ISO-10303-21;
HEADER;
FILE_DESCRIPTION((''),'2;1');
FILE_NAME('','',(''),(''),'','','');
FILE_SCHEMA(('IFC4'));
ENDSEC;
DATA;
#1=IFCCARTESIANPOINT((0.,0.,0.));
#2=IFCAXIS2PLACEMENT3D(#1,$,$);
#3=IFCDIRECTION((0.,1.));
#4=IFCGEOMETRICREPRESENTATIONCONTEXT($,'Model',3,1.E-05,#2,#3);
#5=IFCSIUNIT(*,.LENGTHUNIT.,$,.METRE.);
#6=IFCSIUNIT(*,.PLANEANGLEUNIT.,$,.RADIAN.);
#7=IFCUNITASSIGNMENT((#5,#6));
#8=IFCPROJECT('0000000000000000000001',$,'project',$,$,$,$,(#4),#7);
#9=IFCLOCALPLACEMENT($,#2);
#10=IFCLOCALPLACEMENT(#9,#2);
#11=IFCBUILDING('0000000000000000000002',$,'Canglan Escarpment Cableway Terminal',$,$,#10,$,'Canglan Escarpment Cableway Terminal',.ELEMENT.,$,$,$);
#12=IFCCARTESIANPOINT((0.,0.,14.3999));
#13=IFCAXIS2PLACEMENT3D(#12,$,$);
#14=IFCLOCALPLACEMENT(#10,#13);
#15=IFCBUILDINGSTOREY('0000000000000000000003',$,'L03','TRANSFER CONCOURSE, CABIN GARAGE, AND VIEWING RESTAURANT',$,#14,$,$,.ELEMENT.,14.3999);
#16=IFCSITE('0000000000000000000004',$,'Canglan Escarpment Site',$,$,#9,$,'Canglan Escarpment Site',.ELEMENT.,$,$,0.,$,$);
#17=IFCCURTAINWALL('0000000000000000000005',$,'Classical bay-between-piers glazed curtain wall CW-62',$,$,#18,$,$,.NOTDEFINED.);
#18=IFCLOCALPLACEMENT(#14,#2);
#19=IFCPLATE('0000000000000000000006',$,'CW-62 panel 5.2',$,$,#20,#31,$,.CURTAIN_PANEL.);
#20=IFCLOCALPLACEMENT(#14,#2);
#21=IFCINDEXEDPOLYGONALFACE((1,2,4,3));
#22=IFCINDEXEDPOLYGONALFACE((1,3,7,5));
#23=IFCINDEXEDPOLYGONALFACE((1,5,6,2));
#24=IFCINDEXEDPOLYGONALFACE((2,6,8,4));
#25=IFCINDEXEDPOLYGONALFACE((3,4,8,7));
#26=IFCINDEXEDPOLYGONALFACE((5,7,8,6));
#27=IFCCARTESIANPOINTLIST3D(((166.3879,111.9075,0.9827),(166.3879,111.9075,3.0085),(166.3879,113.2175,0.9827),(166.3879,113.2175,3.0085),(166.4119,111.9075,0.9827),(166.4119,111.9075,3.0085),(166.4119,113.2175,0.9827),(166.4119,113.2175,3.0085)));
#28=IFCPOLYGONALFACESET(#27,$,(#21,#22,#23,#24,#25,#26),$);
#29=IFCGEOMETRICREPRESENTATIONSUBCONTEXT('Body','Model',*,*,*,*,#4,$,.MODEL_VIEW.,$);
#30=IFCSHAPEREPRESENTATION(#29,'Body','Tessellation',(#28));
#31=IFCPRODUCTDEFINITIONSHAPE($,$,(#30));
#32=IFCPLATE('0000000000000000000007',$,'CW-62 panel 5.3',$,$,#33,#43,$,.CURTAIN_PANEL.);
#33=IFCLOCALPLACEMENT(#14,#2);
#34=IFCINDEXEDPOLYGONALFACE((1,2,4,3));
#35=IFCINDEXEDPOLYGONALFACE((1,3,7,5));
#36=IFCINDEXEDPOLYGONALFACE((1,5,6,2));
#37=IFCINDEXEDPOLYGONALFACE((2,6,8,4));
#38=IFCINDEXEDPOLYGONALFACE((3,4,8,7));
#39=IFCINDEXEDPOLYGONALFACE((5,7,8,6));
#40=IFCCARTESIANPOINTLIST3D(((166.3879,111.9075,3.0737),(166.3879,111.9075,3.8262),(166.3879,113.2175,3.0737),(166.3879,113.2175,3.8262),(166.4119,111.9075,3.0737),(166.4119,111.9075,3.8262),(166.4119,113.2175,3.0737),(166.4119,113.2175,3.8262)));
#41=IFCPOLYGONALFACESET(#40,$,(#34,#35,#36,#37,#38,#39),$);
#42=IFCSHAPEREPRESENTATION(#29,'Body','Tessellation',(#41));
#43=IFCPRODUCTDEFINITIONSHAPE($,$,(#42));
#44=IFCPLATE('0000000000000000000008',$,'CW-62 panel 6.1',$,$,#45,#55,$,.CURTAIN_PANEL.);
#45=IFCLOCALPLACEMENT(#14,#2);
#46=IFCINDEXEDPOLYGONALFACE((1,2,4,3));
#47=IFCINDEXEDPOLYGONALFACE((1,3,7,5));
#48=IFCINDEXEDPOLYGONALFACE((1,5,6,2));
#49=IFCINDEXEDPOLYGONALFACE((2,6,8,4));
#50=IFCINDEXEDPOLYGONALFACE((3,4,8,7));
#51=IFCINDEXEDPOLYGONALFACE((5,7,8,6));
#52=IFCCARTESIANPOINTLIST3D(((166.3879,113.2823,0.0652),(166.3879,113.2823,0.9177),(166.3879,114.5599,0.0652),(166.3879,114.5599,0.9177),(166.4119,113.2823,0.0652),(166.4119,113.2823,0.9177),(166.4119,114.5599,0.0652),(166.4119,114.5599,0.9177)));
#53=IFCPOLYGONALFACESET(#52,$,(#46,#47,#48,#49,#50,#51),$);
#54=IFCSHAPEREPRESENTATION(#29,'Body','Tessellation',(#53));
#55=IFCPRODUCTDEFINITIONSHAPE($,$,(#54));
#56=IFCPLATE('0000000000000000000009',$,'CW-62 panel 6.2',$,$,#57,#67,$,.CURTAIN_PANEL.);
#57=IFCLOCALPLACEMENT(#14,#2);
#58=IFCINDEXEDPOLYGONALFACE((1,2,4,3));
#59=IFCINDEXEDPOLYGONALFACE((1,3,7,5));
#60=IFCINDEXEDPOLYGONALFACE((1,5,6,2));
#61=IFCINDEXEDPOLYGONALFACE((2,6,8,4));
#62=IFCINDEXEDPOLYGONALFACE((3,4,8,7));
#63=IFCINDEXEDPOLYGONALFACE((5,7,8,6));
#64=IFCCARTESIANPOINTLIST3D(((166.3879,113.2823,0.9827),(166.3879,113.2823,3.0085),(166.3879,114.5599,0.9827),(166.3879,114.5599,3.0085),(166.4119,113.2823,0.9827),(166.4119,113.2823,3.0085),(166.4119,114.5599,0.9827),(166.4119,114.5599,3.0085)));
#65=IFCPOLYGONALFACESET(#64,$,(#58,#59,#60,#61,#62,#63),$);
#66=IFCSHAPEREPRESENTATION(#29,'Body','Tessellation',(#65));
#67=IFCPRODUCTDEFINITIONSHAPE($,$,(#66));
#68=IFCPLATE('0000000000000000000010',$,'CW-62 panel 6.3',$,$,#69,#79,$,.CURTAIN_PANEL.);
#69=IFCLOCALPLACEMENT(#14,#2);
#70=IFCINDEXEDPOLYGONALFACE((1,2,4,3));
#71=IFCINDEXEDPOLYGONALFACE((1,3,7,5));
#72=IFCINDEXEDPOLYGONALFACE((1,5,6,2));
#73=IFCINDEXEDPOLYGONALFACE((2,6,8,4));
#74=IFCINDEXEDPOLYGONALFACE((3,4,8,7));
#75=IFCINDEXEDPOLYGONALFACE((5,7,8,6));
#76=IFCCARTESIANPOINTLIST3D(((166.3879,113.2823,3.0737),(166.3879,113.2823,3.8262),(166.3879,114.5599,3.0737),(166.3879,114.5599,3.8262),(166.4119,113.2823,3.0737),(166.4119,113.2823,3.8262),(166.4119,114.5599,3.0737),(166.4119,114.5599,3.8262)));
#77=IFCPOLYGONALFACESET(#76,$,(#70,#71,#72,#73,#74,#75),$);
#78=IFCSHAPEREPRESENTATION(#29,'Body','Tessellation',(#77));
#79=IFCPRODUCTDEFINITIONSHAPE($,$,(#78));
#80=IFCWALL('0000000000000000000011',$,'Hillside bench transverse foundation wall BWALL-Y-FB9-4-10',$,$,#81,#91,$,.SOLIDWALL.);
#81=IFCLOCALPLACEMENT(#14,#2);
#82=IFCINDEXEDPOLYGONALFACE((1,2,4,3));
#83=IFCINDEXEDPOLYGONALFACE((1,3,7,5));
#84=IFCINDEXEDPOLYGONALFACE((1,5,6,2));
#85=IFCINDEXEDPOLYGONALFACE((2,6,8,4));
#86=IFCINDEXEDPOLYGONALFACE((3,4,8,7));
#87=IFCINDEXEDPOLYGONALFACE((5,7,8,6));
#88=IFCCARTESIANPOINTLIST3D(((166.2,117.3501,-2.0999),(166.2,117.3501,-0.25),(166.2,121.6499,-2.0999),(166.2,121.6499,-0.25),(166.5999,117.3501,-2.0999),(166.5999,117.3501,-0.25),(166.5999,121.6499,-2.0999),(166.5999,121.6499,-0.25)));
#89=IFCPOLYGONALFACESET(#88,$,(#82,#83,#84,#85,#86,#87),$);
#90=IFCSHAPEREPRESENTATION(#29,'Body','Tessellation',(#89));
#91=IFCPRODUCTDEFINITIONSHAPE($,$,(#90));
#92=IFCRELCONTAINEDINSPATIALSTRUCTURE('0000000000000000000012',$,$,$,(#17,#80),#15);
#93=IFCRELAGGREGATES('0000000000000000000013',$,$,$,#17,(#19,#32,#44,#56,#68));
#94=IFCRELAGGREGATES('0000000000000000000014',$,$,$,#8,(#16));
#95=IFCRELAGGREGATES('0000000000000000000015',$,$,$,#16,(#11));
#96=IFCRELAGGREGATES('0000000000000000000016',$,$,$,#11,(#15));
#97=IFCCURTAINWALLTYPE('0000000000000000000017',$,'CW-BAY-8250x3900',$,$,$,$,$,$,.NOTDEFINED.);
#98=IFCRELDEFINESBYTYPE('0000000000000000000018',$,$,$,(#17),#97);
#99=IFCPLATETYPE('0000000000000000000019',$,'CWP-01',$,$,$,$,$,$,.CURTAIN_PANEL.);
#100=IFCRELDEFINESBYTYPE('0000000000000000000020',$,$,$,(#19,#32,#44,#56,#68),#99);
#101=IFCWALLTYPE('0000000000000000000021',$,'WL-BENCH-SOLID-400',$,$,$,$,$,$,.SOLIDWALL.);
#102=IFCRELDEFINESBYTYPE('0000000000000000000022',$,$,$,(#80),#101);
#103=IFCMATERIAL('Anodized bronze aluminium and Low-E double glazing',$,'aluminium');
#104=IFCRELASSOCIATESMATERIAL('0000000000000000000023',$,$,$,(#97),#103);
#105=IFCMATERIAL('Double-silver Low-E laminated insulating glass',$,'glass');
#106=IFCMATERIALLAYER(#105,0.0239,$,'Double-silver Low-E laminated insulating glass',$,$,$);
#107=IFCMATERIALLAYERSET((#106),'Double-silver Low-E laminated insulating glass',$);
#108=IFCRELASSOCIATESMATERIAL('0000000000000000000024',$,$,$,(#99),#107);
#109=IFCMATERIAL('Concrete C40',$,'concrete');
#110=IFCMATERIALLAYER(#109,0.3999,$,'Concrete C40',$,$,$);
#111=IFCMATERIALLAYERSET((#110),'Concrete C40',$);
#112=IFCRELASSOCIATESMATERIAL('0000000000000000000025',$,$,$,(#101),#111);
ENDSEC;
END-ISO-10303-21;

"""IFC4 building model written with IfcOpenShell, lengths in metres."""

from ifc_helpers import new_model, si_unit, direction, frame, frame_2d, origin, origin_2d, place, context, subcontext, project, spatial, rectangle, extrude, material, layer, layer_set, type_object, element, aggregate, save


model = new_model("IFC4")

# Units and contexts
model_context = context("Model", 3, precision=1e-05, world=origin(), true_north=direction((0.0, 1.0)))
body_context = subcontext(model_context, "Body", "Model", "MODEL_VIEW")
ifc_project = project(units=[si_unit("LENGTHUNIT", "METRE"), si_unit("PLANEANGLEUNIT", "RADIAN")], contexts=[model_context])

# Site, building, storey
site_placement = place(None, origin())
site = spatial("IfcSite", under=ifc_project, at=site_placement, Name="Canglan Escarpment Site", LongName="Canglan Escarpment Site", CompositionType="ELEMENT", RefElevation=0.0)
building_placement = place(site_placement, origin())
building = spatial("IfcBuilding", under=site, at=building_placement, Name="Canglan Escarpment Cableway Terminal", LongName="Canglan Escarpment Cableway Terminal", CompositionType="ELEMENT")
storey_placement = place(building_placement, frame((0.0, 0.0, 14.3999)))
storey = spatial("IfcBuildingStorey", under=building, at=storey_placement, Name="L03", Description="TRANSFER CONCOURSE, CABIN GARAGE, AND VIEWING RESTAURANT", CompositionType="ELEMENT", Elevation=14.3999)

# Shared definitions
ifc_material_1 = material(Name="Concrete C40", Category="concrete")

# Curtain wall, plates
ifc_material_2 = material(Name="Anodized bronze aluminium and Low-E double glazing", Category="aluminium")
curtain_wall_type = type_object("IfcCurtainWallType", Name="CW-BAY-8250x3900", PredefinedType="NOTDEFINED", material=ifc_material_2)
curtain_wall_placement = place(storey_placement, origin())
curtain_wall = element("IfcCurtainWall", 1, at=curtain_wall_placement, inside=storey, type_object=curtain_wall_type, Name="Classical bay-between-piers glazed curtain wall CW-62", PredefinedType="NOTDEFINED")
ifc_material_3 = material(Name="Double-silver Low-E laminated insulating glass", Category="glass")
ifc_layer_1 = layer(ifc_material_3, 0.0239, Name="Double-silver Low-E laminated insulating glass")
ifc_layer_set_1 = layer_set([ifc_layer_1], Name="Double-silver Low-E laminated insulating glass")
plate_type = type_object("IfcPlateType", Name="CWP-01", PredefinedType="CURTAIN_PANEL", material=ifc_layer_set_1)
plate_1_placement = place(storey_placement, frame((166.3999, 112.5625, 0.9827), z_axis=(0.0, 0.0, 1.0), x_axis=(0.0, 1.0, 0.0)))
plate_1 = element("IfcPlate", 2, at=plate_1_placement, type_object=plate_type, Name="CW-62 panel 5.2", PredefinedType="CURTAIN_PANEL", context=body_context, shape_type="SweptSolid", body=[
    extrude(rectangle(XDim=1.3101, YDim=0.0239, at=origin_2d()), origin(), (0.0, 0.0, 1.0), 2.0259),
])
plate_2_placement = place(storey_placement, frame((166.3999, 112.5625, 3.0737), z_axis=(0.0, 0.0, 1.0), x_axis=(0.0, 1.0, 0.0)))
plate_2 = element("IfcPlate", 3, at=plate_2_placement, type_object=plate_type, Name="CW-62 panel 5.3", PredefinedType="CURTAIN_PANEL", context=body_context, shape_type="SweptSolid", body=[
    extrude(rectangle(XDim=1.3101, YDim=0.0239, at=origin_2d()), origin(), (0.0, 0.0, 1.0), 0.7524),
])
plate_3_placement = place(storey_placement, frame((166.3999, 113.9211, 0.0652), z_axis=(0.0, 0.0, 1.0), x_axis=(0.0, 1.0, 0.0)))
plate_3 = element("IfcPlate", 4, at=plate_3_placement, type_object=plate_type, Name="CW-62 panel 6.1", PredefinedType="CURTAIN_PANEL", context=body_context, shape_type="SweptSolid", body=[
    extrude(rectangle(XDim=1.2776, YDim=0.0239, at=origin_2d()), origin(), (0.0, 0.0, 1.0), 0.8525),
])
plate_4_placement = place(storey_placement, frame((166.3999, 113.9211, 0.9827), z_axis=(0.0, 0.0, 1.0), x_axis=(0.0, 1.0, 0.0)))
plate_4 = element("IfcPlate", 5, at=plate_4_placement, type_object=plate_type, Name="CW-62 panel 6.2", PredefinedType="CURTAIN_PANEL", context=body_context, shape_type="SweptSolid", body=[
    extrude(rectangle(XDim=1.2776, YDim=0.0239, at=origin_2d()), origin(), (0.0, 0.0, 1.0), 2.0259),
])
plate_5_placement = place(storey_placement, frame((166.3999, 113.9211, 3.0737), z_axis=(0.0, 0.0, 1.0), x_axis=(0.0, 1.0, 0.0)))
plate_5 = element("IfcPlate", 6, at=plate_5_placement, type_object=plate_type, Name="CW-62 panel 6.3", PredefinedType="CURTAIN_PANEL", context=body_context, shape_type="SweptSolid", body=[
    extrude(rectangle(XDim=1.2776, YDim=0.0239, at=origin_2d()), origin(), (0.0, 0.0, 1.0), 0.7524),
])
aggregate(curtain_wall, [plate_1, plate_2, plate_3, plate_4, plate_5])

# Wall
ifc_layer_2 = layer(ifc_material_1, 0.3999, Name="Concrete C40")
ifc_layer_set_2 = layer_set([ifc_layer_2], Name="Concrete C40")
wall_type = type_object("IfcWallType", Name="WL-BENCH-SOLID-400", PredefinedType="SOLIDWALL", material=ifc_layer_set_2)
wall_placement = place(storey_placement, frame((166.3999, 117.3501, -2.0999), z_axis=(0.0, 0.0, 1.0), x_axis=(0.0, 1.0, 0.0)))
element("IfcWall", 7, at=wall_placement, inside=storey, type_object=wall_type, Name="Hillside bench transverse foundation wall BWALL-Y-FB9-4-10", PredefinedType="SOLIDWALL", context=body_context, shape_type="SweptSolid", body=[
    extrude(rectangle(XDim=4.2998, YDim=0.3999, at=frame_2d((2.1499, 0.0))), origin(), (0.0, 0.0, 1.0), 1.8499),
])

save(model, "model.ifc")
